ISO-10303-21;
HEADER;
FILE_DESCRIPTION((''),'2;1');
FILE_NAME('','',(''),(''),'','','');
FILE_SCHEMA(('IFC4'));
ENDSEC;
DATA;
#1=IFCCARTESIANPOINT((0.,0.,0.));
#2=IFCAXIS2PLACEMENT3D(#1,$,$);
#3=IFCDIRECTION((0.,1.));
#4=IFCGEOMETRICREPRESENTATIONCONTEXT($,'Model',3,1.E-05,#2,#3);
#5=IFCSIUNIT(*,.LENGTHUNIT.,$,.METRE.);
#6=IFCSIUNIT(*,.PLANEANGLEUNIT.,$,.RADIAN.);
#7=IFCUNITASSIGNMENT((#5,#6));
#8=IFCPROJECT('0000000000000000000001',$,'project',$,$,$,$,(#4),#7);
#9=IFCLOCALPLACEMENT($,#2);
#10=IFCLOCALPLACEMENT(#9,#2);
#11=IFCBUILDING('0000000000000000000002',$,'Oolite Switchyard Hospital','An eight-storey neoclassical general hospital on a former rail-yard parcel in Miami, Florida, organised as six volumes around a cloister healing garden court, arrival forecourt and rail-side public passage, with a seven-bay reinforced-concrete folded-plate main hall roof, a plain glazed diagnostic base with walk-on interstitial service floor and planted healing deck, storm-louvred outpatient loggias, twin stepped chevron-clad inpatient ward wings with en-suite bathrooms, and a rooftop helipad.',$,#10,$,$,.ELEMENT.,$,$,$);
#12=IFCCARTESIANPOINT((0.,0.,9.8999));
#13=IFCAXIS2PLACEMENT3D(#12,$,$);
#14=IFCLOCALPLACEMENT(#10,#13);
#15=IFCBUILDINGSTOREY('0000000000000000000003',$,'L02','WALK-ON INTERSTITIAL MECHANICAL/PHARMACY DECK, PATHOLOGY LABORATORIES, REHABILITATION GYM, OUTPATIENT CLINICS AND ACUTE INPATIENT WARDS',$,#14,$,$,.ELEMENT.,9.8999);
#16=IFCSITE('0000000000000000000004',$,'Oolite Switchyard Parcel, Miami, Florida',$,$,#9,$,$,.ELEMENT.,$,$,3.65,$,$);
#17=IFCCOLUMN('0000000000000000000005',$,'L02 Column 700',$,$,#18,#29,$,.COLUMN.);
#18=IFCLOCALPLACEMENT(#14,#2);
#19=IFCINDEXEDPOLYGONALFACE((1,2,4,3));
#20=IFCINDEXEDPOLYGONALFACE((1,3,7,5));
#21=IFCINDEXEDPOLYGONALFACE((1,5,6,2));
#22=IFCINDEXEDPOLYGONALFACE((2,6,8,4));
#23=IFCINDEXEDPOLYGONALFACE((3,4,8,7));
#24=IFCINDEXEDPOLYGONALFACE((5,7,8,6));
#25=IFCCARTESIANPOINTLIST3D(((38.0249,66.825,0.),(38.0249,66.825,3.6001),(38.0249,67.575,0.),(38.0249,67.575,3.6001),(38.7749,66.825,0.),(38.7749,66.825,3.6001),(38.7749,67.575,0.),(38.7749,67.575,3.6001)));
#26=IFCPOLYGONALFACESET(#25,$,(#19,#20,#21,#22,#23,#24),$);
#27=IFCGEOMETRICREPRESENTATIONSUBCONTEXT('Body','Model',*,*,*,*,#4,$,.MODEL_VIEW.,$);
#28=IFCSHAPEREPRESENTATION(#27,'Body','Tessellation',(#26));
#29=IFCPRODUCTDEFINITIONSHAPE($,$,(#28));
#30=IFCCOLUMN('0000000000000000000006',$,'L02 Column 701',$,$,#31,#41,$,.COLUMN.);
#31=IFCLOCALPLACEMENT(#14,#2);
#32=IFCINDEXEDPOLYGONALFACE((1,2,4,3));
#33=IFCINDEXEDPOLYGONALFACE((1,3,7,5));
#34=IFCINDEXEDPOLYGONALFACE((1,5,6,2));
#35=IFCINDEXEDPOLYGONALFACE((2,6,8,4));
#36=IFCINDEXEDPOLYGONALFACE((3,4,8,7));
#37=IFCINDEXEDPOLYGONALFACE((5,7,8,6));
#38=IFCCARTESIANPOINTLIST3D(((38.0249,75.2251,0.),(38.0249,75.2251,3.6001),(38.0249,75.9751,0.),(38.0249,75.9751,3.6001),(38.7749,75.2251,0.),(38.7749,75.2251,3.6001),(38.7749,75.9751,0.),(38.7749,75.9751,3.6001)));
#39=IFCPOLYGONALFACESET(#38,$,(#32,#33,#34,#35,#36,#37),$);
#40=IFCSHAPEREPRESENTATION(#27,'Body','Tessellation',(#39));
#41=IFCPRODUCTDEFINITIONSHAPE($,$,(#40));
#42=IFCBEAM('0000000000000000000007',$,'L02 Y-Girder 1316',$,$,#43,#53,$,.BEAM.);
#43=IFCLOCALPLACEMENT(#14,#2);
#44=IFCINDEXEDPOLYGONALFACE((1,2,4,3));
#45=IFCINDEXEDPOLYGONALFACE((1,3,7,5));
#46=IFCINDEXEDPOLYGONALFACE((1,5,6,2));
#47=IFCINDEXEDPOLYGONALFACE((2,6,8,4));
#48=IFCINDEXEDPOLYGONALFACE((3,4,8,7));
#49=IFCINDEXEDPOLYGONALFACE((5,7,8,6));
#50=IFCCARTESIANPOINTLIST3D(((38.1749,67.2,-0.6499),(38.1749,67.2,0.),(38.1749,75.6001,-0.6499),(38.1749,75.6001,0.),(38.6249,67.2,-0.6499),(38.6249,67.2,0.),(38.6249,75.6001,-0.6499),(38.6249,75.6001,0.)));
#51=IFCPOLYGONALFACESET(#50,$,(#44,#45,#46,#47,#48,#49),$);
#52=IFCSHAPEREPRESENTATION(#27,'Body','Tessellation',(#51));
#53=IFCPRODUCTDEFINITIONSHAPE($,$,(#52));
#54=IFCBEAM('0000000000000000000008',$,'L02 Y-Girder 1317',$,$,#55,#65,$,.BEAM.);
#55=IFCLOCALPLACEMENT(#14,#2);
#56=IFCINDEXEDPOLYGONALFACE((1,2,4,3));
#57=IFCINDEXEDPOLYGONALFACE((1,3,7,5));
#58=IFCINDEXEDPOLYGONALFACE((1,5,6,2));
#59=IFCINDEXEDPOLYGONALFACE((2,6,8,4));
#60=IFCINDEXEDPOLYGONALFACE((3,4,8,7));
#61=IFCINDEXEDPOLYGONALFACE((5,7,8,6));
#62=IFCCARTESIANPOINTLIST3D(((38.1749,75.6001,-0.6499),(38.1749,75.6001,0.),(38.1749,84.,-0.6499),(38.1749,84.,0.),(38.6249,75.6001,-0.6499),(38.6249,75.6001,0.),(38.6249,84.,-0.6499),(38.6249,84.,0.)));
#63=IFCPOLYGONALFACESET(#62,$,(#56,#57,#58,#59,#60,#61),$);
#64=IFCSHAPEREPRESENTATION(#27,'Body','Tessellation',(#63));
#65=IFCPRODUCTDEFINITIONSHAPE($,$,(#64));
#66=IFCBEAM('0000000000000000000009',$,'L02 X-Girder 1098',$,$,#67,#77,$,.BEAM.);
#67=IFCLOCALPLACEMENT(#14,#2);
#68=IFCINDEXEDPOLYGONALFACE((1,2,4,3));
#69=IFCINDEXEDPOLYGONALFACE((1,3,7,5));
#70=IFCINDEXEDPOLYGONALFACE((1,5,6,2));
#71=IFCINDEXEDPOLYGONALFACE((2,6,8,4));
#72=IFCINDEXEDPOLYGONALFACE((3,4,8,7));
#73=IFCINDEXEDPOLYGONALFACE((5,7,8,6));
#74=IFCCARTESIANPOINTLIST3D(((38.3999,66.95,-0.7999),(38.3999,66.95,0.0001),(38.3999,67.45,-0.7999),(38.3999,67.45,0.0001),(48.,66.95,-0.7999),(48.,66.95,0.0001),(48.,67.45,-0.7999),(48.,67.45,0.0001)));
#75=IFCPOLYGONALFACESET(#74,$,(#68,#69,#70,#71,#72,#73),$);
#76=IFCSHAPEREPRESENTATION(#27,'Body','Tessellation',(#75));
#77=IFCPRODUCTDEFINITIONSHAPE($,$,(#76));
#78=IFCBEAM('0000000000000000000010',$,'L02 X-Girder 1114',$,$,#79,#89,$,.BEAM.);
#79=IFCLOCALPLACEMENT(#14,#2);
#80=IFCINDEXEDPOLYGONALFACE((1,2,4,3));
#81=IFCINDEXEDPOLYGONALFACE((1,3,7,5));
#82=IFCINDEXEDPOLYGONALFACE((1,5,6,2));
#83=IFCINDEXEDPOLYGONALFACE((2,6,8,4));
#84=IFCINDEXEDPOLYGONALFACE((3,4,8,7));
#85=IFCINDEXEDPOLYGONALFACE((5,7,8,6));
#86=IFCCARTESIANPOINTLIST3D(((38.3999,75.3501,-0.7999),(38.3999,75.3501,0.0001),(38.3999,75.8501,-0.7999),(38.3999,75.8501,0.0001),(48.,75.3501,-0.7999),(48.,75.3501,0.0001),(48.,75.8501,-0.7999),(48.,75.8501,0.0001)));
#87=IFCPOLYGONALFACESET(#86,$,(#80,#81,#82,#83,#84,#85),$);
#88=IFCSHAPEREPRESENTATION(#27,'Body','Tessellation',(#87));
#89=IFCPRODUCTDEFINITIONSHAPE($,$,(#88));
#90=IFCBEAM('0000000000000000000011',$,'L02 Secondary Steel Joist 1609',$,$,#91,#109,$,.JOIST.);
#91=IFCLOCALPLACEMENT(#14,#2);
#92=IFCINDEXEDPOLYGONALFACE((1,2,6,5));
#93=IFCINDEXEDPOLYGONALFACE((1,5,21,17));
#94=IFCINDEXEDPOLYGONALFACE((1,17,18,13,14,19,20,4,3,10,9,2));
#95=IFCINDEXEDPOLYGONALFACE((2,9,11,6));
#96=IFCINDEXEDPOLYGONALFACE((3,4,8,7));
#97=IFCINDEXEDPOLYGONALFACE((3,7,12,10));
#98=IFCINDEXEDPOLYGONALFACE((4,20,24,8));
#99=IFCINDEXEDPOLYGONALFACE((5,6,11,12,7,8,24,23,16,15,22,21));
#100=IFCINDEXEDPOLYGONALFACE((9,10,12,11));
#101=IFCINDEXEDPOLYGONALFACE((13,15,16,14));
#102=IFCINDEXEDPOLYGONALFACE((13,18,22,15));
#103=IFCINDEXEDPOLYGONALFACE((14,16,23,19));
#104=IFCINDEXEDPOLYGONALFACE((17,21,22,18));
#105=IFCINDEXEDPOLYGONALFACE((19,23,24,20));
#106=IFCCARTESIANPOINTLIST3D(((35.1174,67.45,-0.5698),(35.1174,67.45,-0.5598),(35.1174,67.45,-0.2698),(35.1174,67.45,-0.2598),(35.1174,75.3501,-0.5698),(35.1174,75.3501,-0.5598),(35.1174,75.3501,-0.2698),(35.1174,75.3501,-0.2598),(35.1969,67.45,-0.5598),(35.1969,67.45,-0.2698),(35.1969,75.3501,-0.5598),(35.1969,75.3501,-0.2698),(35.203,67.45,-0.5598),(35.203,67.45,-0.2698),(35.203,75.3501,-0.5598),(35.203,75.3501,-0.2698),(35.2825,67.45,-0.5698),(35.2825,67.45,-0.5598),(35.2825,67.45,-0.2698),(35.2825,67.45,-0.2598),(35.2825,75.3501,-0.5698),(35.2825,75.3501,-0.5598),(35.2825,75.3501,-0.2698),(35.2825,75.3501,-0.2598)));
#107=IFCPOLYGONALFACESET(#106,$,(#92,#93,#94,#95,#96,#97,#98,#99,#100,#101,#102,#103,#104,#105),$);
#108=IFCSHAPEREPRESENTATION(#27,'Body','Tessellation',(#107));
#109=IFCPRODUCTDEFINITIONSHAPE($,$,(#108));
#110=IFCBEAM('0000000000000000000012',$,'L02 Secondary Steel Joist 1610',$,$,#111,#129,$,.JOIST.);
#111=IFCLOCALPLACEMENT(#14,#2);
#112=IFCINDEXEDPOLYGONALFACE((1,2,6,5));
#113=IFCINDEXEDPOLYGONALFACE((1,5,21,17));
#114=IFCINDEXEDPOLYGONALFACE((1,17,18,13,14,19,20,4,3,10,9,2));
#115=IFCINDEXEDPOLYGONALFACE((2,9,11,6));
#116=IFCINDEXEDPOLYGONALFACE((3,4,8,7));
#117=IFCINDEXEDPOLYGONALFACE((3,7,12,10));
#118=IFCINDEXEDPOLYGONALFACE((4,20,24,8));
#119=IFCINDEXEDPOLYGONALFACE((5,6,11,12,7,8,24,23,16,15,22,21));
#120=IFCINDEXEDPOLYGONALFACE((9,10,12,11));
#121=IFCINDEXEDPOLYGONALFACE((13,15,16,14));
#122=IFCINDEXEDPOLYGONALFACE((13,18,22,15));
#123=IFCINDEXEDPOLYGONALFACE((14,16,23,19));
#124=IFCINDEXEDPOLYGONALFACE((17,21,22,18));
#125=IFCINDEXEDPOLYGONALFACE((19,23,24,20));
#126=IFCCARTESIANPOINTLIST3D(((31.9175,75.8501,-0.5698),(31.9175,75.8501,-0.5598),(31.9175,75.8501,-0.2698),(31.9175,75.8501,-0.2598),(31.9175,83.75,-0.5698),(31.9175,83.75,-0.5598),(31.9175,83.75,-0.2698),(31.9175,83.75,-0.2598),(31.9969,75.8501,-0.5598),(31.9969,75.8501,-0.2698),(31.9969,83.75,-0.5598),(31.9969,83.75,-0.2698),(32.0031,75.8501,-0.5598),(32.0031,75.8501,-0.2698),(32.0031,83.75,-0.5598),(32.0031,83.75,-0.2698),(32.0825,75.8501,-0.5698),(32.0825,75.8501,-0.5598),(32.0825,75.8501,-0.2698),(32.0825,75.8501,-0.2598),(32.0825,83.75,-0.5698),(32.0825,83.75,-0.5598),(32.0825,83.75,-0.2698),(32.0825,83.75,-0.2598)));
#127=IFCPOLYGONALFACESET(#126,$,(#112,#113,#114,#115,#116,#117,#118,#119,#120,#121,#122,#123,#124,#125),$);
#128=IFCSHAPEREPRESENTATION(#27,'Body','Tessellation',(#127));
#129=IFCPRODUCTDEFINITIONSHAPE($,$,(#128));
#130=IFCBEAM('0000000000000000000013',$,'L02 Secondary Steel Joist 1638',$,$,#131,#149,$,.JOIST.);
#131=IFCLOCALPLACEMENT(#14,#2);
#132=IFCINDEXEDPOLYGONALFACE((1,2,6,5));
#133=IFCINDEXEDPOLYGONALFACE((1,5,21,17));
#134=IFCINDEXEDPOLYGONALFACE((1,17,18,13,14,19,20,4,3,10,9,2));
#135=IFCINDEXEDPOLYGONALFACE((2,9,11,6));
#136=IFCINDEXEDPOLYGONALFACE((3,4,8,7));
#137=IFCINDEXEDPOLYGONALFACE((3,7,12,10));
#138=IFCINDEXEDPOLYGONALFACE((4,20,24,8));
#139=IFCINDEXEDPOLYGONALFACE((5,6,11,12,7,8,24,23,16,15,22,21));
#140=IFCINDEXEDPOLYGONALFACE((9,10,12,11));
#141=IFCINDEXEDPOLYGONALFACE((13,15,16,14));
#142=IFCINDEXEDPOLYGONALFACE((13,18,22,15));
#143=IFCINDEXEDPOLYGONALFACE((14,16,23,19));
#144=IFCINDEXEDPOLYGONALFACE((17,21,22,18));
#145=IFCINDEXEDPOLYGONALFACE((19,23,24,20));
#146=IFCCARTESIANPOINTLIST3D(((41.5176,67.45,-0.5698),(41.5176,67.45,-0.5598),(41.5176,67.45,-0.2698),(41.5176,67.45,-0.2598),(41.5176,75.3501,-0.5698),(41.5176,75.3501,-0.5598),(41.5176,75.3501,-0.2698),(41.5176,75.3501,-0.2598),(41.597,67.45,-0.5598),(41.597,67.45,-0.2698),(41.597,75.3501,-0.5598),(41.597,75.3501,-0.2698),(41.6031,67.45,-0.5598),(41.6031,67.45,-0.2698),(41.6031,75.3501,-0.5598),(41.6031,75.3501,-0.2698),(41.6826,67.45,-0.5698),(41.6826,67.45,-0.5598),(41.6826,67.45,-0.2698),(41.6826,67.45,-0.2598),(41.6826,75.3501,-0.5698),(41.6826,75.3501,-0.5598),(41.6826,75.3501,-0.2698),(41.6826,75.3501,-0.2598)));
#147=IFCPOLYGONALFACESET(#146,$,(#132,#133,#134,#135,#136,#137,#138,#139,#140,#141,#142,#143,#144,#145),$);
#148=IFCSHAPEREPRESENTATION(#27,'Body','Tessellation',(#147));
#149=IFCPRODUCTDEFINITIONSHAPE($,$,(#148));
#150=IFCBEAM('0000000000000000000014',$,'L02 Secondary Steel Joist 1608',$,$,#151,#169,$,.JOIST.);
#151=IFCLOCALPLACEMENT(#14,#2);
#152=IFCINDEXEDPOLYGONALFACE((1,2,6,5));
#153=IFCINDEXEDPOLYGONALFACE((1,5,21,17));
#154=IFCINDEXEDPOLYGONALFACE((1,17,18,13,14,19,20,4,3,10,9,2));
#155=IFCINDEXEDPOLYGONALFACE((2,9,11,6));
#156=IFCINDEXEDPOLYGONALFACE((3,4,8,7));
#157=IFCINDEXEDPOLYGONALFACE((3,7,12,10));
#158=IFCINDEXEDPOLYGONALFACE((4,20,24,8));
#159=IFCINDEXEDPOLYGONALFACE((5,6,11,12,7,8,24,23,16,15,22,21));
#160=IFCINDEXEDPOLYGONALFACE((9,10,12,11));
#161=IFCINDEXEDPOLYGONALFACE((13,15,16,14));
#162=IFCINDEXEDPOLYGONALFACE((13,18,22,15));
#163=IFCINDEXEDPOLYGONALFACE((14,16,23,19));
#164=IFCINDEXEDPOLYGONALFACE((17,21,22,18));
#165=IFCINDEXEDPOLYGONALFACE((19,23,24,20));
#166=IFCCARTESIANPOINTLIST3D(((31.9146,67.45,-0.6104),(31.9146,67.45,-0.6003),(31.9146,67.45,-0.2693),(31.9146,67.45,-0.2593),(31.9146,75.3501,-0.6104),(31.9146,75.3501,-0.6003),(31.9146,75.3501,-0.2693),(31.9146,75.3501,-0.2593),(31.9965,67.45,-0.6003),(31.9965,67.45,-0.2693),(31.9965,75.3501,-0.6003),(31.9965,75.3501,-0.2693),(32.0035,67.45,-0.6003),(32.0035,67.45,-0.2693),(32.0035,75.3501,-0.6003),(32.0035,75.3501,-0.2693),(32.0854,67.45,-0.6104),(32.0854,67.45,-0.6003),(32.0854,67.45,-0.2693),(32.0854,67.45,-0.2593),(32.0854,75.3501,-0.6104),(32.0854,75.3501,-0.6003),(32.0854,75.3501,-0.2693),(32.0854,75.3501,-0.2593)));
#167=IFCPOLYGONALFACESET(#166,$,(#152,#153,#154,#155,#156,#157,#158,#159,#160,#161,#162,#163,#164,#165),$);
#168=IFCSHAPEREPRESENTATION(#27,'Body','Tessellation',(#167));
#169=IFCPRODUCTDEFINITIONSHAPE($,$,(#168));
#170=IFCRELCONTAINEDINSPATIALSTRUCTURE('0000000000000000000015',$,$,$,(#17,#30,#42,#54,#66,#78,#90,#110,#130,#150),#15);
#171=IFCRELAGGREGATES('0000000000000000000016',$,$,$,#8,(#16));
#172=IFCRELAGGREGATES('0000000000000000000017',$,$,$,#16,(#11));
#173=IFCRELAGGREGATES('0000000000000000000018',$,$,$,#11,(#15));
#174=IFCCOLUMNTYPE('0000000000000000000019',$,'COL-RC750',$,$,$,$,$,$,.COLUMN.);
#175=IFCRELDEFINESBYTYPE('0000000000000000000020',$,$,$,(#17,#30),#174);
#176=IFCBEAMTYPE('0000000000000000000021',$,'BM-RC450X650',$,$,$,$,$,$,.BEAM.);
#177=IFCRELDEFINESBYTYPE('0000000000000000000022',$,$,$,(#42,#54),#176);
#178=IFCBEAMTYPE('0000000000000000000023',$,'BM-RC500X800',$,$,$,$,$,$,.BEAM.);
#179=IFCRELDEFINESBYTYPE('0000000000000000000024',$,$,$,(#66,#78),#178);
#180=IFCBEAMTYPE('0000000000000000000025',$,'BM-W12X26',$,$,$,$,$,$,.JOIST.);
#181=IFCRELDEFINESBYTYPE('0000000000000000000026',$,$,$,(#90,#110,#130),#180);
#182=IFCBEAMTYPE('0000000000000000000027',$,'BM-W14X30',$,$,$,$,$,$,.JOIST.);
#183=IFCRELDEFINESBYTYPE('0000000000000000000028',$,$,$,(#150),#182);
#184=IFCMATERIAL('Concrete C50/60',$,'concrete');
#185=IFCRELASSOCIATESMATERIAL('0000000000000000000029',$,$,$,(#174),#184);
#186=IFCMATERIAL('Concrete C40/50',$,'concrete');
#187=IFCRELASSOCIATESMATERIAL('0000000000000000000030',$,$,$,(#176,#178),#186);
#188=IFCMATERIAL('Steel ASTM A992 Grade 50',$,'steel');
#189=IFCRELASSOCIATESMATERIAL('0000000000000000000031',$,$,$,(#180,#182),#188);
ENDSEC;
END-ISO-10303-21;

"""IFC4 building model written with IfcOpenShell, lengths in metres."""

from ifc_helpers import new_model, si_unit, direction, frame, origin, origin_2d, place, context, subcontext, project, spatial, rectangle, i_section, extrude, material, material_profile, profile_set, type_object, element, save


model = new_model("IFC4")

# Units and contexts
model_context = context("Model", 3, precision=1e-05, world=origin(), true_north=direction((0.0, 1.0)))
body_context = subcontext(model_context, "Body", "Model", "MODEL_VIEW")
ifc_project = project(units=[si_unit("LENGTHUNIT", "METRE"), si_unit("PLANEANGLEUNIT", "RADIAN")], contexts=[model_context])

# Site, building, storey
site_placement = place(None, origin())
site = spatial("IfcSite", under=ifc_project, at=site_placement, Name="Oolite Switchyard Parcel, Miami, Florida", CompositionType="ELEMENT", RefElevation=3.65)
building_placement = place(site_placement, origin())
building = spatial("IfcBuilding", under=site, at=building_placement, Name="Oolite Switchyard Hospital", Description="An eight-storey neoclassical general hospital on a former rail-yard parcel in Miami, Florida, organised as six volumes around a cloister healing garden court, arrival forecourt and rail-side public passage, with a seven-bay reinforced-concrete folded-plate main hall roof, a plain glazed diagnostic base with walk-on interstitial service floor and planted healing deck, storm-louvred outpatient loggias, twin stepped chevron-clad inpatient ward wings with en-suite bathrooms, and a rooftop helipad.", CompositionType="ELEMENT")
storey_placement = place(building_placement, frame((0.0, 0.0, 9.8999)))
storey = spatial("IfcBuildingStorey", under=building, at=storey_placement, Name="L02", Description="WALK-ON INTERSTITIAL MECHANICAL/PHARMACY DECK, PATHOLOGY LABORATORIES, REHABILITATION GYM, OUTPATIENT CLINICS AND ACUTE INPATIENT WARDS", CompositionType="ELEMENT", Elevation=9.8999)

# Columns
ifc_material_1 = material(Name="Concrete C50/60", Category="concrete")
ifc_material_profile_1 = material_profile(ifc_material_1, rectangle(XDim=0.75, YDim=0.75, at=origin_2d()), Name="RC750X750")
ifc_profile_set_1 = profile_set([ifc_material_profile_1], Name="Concrete C50/60")
column_type = type_object("IfcColumnType", Name="COL-RC750", PredefinedType="COLUMN", material=ifc_profile_set_1)
for number, where, z_axis, x_axis, name in (
    (1, (38.3999, 67.2, 0.0), (0.0, 0.0, 1.0), (1.0, 0.0, 0.0), "L02 Column 700"),
    (2, (38.3999, 75.6001, 0.0), (0.0, 0.0, 1.0), (1.0, 0.0, 0.0), "L02 Column 701"),
):
    element("IfcColumn", number, at=place(storey_placement, frame(where, z_axis=z_axis, x_axis=x_axis)), inside=storey, type_object=column_type, Name=name, PredefinedType="COLUMN", context=body_context, shape_type="SweptSolid", body=[
        extrude(rectangle(XDim=0.75, YDim=0.75, at=origin_2d()), origin(), (0.0, 0.0, 1.0), 3.6001),
    ])

# Beams
ifc_material_2 = material(Name="Concrete C40/50", Category="concrete")
ifc_material_profile_2 = material_profile(ifc_material_2, rectangle(XDim=0.45, YDim=0.6499, at=origin_2d()), Name="RCB450X650")
ifc_profile_set_2 = profile_set([ifc_material_profile_2], Name="Concrete C40/50")
beam_type_1 = type_object("IfcBeamType", Name="BM-RC450X650", PredefinedType="BEAM", material=ifc_profile_set_2)
beam_1_placement = place(storey_placement, frame((38.3999, 67.2, -0.325), z_axis=(0.0, 1.0, 0.0), x_axis=(-1.0, 0.0, 0.0)))
element("IfcBeam", 3, at=beam_1_placement, inside=storey, type_object=beam_type_1, Name="L02 Y-Girder 1316", PredefinedType="BEAM", context=body_context, shape_type="SweptSolid", body=[
    extrude(rectangle(XDim=0.45, YDim=0.6499, at=origin_2d()), origin(), (0.0, 0.0, 1.0), 8.4001),
])
beam_2_placement = place(storey_placement, frame((38.3999, 75.6001, -0.325), z_axis=(0.0, 1.0, 0.0), x_axis=(-1.0, 0.0, 0.0)))
element("IfcBeam", 4, at=beam_2_placement, inside=storey, type_object=beam_type_1, Name="L02 Y-Girder 1317", PredefinedType="BEAM", context=body_context, shape_type="SweptSolid", body=[
    extrude(rectangle(XDim=0.45, YDim=0.6499, at=origin_2d()), origin(), (0.0, 0.0, 1.0), 8.3999),
])
ifc_material_profile_3 = material_profile(ifc_material_2, rectangle(XDim=0.5, YDim=0.8, at=origin_2d()), Name="RCB500X800")
ifc_profile_set_3 = profile_set([ifc_material_profile_3], Name="Concrete C40/50")
beam_type_2 = type_object("IfcBeamType", Name="BM-RC500X800", PredefinedType="BEAM", material=ifc_profile_set_3)
for number, where, z_axis, x_axis, name in (
    (5, (38.3999, 67.2, -0.3999), (1.0, 0.0, 0.0), (0.0, 1.0, 0.0), "L02 X-Girder 1098"),
    (6, (38.3999, 75.6001, -0.3999), (1.0, 0.0, 0.0), (0.0, 1.0, 0.0), "L02 X-Girder 1114"),
):
    element("IfcBeam", number, at=place(storey_placement, frame(where, z_axis=z_axis, x_axis=x_axis)), inside=storey, type_object=beam_type_2, Name=name, PredefinedType="BEAM", context=body_context, shape_type="SweptSolid", body=[
        extrude(rectangle(XDim=0.5, YDim=0.8, at=origin_2d()), origin(), (0.0, 0.0, 1.0), 9.6001),
    ])
ifc_material_3 = material(Name="Steel ASTM A992 Grade 50", Category="steel")
ifc_material_profile_4 = material_profile(ifc_material_3, i_section(OverallWidth=0.165, OverallDepth=0.3101, WebThickness=0.0061, FlangeThickness=0.01, at=origin_2d()), Name="W12X26")
ifc_profile_set_4 = profile_set([ifc_material_profile_4], Name="Steel ASTM A992 Grade 50")
beam_type_3 = type_object("IfcBeamType", Name="BM-W12X26", PredefinedType="JOIST", material=ifc_profile_set_4)
beam_3_placement = place(storey_placement, frame((35.2, 67.45, -0.4148), z_axis=(0.0, 1.0, 0.0), x_axis=(-1.0, 0.0, 0.0)))
element("IfcBeam", 7, at=beam_3_placement, inside=storey, type_object=beam_type_3, Name="L02 Secondary Steel Joist 1609", PredefinedType="JOIST", context=body_context, shape_type="SweptSolid", body=[
    extrude(i_section(OverallWidth=0.165, OverallDepth=0.3101, WebThickness=0.0061, FlangeThickness=0.01, at=origin_2d()), origin(), (0.0, 0.0, 1.0), 7.9001),
])
beam_4_placement = place(storey_placement, frame((32.0, 75.8501, -0.4148), z_axis=(0.0, 1.0, 0.0), x_axis=(-1.0, 0.0, 0.0)))
element("IfcBeam", 8, at=beam_4_placement, inside=storey, type_object=beam_type_3, Name="L02 Secondary Steel Joist 1610", PredefinedType="JOIST", context=body_context, shape_type="SweptSolid", body=[
    extrude(i_section(OverallWidth=0.165, OverallDepth=0.3101, WebThickness=0.0061, FlangeThickness=0.01, at=origin_2d()), origin(), (0.0, 0.0, 1.0), 7.8999),
])
beam_5_placement = place(storey_placement, frame((41.6001, 67.45, -0.4148), z_axis=(0.0, 1.0, 0.0), x_axis=(-1.0, 0.0, 0.0)))
element("IfcBeam", 9, at=beam_5_placement, inside=storey, type_object=beam_type_3, Name="L02 Secondary Steel Joist 1638", PredefinedType="JOIST", context=body_context, shape_type="SweptSolid", body=[
    extrude(i_section(OverallWidth=0.165, OverallDepth=0.3101, WebThickness=0.0061, FlangeThickness=0.01, at=origin_2d()), origin(), (0.0, 0.0, 1.0), 7.9001),
])
ifc_material_profile_5 = material_profile(ifc_material_3, i_section(OverallWidth=0.1709, OverallDepth=0.3511, WebThickness=0.0071, FlangeThickness=0.01, at=origin_2d()), Name="W14X30")
ifc_profile_set_5 = profile_set([ifc_material_profile_5], Name="Steel ASTM A992 Grade 50")
beam_type_4 = type_object("IfcBeamType", Name="BM-W14X30", PredefinedType="JOIST", material=ifc_profile_set_5)
beam_6_placement = place(storey_placement, frame((32.0, 67.45, -0.4348), z_axis=(0.0, 1.0, 0.0), x_axis=(-1.0, 0.0, 0.0)))
element("IfcBeam", 10, at=beam_6_placement, inside=storey, type_object=beam_type_4, Name="L02 Secondary Steel Joist 1608", PredefinedType="JOIST", context=body_context, shape_type="SweptSolid", body=[
    extrude(i_section(OverallWidth=0.1709, OverallDepth=0.3511, WebThickness=0.0071, FlangeThickness=0.01, at=origin_2d()), origin(), (0.0, 0.0, 1.0), 7.9001),
])

save(model, "model.ifc")
